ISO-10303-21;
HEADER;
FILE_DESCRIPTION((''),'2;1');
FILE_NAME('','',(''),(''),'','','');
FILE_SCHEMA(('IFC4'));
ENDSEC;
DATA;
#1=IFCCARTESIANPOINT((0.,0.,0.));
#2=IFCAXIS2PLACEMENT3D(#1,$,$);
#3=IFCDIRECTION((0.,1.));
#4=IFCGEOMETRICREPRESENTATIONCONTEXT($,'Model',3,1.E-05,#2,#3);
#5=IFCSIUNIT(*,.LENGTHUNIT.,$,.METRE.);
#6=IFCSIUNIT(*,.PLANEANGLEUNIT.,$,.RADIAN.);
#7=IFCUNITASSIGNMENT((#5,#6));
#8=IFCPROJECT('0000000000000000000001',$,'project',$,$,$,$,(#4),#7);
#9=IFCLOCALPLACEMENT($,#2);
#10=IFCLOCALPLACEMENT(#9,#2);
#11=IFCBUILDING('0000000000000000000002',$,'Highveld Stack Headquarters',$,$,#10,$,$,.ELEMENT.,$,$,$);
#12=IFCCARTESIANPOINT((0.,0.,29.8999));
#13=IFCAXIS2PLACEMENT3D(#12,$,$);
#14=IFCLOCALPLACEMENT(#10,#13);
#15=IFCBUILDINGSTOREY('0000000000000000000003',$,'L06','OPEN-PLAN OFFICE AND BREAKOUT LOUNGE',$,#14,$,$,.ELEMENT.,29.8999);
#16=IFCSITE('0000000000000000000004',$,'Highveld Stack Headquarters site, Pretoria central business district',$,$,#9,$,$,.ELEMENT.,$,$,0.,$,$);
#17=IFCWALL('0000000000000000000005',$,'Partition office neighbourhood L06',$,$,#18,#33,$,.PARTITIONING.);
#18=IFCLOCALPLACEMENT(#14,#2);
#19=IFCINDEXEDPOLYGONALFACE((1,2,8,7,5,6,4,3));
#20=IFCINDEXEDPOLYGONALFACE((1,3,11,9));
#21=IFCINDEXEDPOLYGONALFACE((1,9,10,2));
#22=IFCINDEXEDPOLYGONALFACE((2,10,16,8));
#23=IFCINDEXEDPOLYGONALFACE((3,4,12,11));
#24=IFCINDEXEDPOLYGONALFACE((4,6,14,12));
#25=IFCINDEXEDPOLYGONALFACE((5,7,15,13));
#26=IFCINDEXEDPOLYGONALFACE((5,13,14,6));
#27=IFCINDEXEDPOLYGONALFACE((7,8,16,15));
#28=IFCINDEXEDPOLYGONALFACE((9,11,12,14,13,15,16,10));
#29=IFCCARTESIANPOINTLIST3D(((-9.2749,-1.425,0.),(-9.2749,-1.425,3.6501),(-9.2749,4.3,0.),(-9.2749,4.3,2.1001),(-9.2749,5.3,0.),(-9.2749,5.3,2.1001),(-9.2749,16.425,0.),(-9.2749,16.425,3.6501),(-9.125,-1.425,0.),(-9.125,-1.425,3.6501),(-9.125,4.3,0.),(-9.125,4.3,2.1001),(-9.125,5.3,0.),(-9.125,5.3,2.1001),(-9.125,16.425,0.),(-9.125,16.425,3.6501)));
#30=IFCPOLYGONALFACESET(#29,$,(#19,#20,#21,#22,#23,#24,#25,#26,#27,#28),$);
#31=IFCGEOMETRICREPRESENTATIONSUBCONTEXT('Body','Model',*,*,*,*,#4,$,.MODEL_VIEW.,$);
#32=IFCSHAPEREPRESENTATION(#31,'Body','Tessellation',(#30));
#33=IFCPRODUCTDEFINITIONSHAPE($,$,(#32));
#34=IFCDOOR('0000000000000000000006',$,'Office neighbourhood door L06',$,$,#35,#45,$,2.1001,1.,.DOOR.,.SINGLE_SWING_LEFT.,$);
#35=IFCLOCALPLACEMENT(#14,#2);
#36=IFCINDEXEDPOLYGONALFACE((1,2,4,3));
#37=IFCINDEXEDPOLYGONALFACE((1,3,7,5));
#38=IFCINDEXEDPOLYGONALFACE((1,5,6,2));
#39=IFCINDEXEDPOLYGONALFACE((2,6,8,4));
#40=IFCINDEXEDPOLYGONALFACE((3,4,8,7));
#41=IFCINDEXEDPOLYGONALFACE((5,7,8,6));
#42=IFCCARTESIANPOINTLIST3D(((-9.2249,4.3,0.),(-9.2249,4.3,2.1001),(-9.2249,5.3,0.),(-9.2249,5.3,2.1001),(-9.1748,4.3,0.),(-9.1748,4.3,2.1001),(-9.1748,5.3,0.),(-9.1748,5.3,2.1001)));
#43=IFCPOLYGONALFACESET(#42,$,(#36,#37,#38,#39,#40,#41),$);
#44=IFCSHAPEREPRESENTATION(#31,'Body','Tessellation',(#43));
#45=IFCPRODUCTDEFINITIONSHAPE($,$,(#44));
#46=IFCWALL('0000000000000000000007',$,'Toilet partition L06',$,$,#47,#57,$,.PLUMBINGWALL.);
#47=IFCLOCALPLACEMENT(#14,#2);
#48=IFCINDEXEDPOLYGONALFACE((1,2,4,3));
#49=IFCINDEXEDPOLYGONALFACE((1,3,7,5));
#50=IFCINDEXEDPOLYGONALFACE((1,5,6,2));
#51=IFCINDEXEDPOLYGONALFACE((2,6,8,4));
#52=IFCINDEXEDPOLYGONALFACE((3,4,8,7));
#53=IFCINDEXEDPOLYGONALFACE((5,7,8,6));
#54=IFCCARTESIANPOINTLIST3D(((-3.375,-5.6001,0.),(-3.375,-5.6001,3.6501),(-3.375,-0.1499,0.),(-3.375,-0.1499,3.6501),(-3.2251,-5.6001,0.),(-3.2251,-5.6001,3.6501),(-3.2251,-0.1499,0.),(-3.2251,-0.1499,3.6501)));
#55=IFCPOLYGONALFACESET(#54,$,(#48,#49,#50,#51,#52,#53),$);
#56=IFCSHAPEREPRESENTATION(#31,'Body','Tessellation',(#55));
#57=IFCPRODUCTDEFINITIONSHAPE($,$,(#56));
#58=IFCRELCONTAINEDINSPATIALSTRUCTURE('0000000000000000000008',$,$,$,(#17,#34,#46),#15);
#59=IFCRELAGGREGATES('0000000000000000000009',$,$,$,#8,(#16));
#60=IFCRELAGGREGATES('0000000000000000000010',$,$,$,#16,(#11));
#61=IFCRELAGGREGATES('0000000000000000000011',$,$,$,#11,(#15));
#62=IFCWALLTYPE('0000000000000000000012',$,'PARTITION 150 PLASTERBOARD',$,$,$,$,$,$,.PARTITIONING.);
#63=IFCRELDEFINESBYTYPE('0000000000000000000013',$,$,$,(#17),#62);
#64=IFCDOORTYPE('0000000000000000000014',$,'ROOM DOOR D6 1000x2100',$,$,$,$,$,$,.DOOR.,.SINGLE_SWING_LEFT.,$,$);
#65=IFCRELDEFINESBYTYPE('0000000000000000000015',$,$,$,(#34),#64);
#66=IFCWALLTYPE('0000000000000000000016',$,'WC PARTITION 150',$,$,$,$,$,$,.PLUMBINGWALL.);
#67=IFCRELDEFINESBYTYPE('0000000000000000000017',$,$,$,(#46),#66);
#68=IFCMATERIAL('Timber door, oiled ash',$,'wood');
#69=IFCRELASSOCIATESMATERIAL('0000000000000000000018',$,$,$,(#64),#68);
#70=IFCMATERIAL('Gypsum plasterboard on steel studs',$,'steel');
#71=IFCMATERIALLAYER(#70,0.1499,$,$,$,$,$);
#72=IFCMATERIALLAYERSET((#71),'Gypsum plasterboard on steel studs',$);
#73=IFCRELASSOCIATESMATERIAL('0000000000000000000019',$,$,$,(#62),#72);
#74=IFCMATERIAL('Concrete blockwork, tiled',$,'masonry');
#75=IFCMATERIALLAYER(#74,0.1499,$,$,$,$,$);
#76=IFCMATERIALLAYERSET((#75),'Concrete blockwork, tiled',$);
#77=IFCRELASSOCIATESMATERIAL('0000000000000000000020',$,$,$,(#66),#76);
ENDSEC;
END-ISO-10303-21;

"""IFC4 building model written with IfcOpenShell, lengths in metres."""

from ifc_helpers import new_model, si_unit, direction, frame, frame_2d, origin, place, context, subcontext, project, spatial, rectangle, extrude, material, layer, layer_set, type_object, element, fill, save


model = new_model("IFC4")

# Units and contexts
model_context = context("Model", 3, precision=1e-05, world=origin(), true_north=direction((0.0, 1.0)))
body_context = subcontext(model_context, "Body", "Model", "MODEL_VIEW")
ifc_project = project(units=[si_unit("LENGTHUNIT", "METRE"), si_unit("PLANEANGLEUNIT", "RADIAN")], contexts=[model_context])

# Site, building, storey
site_placement = place(None, origin())
site = spatial("IfcSite", under=ifc_project, at=site_placement, Name="Highveld Stack Headquarters site, Pretoria central business district", CompositionType="ELEMENT", RefElevation=0.0)
building_placement = place(site_placement, origin())
building = spatial("IfcBuilding", under=site, at=building_placement, Name="Highveld Stack Headquarters", CompositionType="ELEMENT")
storey_placement = place(building_placement, frame((0.0, 0.0, 29.8999)))
storey = spatial("IfcBuildingStorey", under=building, at=storey_placement, Name="L06", Description="OPEN-PLAN OFFICE AND BREAKOUT LOUNGE", CompositionType="ELEMENT", Elevation=29.8999)

# Shared definitions
ifc_material_1 = material(Name="Timber door, oiled ash", Category="wood")
door_type_1 = type_object("IfcDoorType", Name="ROOM DOOR D6 1000x2100", OperationType="SINGLE_SWING_LEFT", PredefinedType="DOOR", material=ifc_material_1)

# Shared definitions
ifc_material_2 = material(Name="Gypsum plasterboard on steel studs", Category="steel")
ifc_layer_1 = layer(ifc_material_2, 0.1499)
ifc_layer_set_1 = layer_set([ifc_layer_1], Name="Gypsum plasterboard on steel studs")
wall_type_1 = type_object("IfcWallType", Name="PARTITION 150 PLASTERBOARD", PredefinedType="PARTITIONING", material=ifc_layer_set_1)

# Wall, opening, door
wall_1_placement = place(storey_placement, frame((-9.2, -1.425, 0.0), z_axis=(0.0, 0.0, 1.0), x_axis=(0.0, 1.0, 0.0)))
wall_1 = element("IfcWall", 1, at=wall_1_placement, inside=storey, type_object=wall_type_1, Name="Partition office neighbourhood L06", PredefinedType="PARTITIONING", context=body_context, shape_type="SweptSolid", body=[
    extrude(rectangle(XDim=17.8501, YDim=0.1499, at=frame_2d((8.925, 0.0))), origin(), (0.0, 0.0, 1.0), 3.6501),
])
opening_1_placement = place(wall_1_placement, frame((5.7251, 0.0, 0.0)))
opening_1 = element("IfcOpeningElement", 2, at=opening_1_placement, cuts=wall_1, PredefinedType="OPENING", context=body_context, shape_type="SweptSolid", body=[
    extrude(rectangle(XDim=1.0, YDim=2.1001, at=frame_2d((0.5, 1.05))), frame((0.0, 0.085, 0.0), z_axis=(0.0, -1.0, 0.0), x_axis=(1.0, 0.0, 0.0)), (0.0, 0.0, 1.0), 0.1699),
])
door_1_placement = place(opening_1_placement, origin())
door_1 = element("IfcDoor", 3, at=door_1_placement, inside=storey, type_object=door_type_1, Name="Office neighbourhood door L06", OperationType="SINGLE_SWING_LEFT", OverallHeight=2.1001, OverallWidth=1.0, PredefinedType="DOOR", context=body_context, shape_type="SweptSolid", body=[
    extrude(rectangle(XDim=1.0, YDim=2.1001, at=frame_2d((0.5, 1.05))), frame((0.0, 0.0249, 0.0), z_axis=(0.0, -1.0, 0.0), x_axis=(1.0, 0.0, 0.0)), (0.0, 0.0, 1.0), 0.05),
])
fill(opening_1, door_1)

# Wall
ifc_material_3 = material(Name="Concrete blockwork, tiled", Category="masonry")
ifc_layer_2 = layer(ifc_material_3, 0.1499)
ifc_layer_set_2 = layer_set([ifc_layer_2], Name="Concrete blockwork, tiled")
wall_type_2 = type_object("IfcWallType", Name="WC PARTITION 150", PredefinedType="PLUMBINGWALL", material=ifc_layer_set_2)
wall_2_placement = place(storey_placement, frame((-3.3, -5.6001, 0.0), z_axis=(0.0, 0.0, 1.0), x_axis=(0.0, 1.0, 0.0)))
element("IfcWall", 4, at=wall_2_placement, inside=storey, type_object=wall_type_2, Name="Toilet partition L06", PredefinedType="PLUMBINGWALL", context=body_context, shape_type="SweptSolid", body=[
    extrude(rectangle(XDim=5.4502, YDim=0.1499, at=frame_2d((2.7251, 0.0))), origin(), (0.0, 0.0, 1.0), 3.6501),
])

save(model, "model.ifc")
